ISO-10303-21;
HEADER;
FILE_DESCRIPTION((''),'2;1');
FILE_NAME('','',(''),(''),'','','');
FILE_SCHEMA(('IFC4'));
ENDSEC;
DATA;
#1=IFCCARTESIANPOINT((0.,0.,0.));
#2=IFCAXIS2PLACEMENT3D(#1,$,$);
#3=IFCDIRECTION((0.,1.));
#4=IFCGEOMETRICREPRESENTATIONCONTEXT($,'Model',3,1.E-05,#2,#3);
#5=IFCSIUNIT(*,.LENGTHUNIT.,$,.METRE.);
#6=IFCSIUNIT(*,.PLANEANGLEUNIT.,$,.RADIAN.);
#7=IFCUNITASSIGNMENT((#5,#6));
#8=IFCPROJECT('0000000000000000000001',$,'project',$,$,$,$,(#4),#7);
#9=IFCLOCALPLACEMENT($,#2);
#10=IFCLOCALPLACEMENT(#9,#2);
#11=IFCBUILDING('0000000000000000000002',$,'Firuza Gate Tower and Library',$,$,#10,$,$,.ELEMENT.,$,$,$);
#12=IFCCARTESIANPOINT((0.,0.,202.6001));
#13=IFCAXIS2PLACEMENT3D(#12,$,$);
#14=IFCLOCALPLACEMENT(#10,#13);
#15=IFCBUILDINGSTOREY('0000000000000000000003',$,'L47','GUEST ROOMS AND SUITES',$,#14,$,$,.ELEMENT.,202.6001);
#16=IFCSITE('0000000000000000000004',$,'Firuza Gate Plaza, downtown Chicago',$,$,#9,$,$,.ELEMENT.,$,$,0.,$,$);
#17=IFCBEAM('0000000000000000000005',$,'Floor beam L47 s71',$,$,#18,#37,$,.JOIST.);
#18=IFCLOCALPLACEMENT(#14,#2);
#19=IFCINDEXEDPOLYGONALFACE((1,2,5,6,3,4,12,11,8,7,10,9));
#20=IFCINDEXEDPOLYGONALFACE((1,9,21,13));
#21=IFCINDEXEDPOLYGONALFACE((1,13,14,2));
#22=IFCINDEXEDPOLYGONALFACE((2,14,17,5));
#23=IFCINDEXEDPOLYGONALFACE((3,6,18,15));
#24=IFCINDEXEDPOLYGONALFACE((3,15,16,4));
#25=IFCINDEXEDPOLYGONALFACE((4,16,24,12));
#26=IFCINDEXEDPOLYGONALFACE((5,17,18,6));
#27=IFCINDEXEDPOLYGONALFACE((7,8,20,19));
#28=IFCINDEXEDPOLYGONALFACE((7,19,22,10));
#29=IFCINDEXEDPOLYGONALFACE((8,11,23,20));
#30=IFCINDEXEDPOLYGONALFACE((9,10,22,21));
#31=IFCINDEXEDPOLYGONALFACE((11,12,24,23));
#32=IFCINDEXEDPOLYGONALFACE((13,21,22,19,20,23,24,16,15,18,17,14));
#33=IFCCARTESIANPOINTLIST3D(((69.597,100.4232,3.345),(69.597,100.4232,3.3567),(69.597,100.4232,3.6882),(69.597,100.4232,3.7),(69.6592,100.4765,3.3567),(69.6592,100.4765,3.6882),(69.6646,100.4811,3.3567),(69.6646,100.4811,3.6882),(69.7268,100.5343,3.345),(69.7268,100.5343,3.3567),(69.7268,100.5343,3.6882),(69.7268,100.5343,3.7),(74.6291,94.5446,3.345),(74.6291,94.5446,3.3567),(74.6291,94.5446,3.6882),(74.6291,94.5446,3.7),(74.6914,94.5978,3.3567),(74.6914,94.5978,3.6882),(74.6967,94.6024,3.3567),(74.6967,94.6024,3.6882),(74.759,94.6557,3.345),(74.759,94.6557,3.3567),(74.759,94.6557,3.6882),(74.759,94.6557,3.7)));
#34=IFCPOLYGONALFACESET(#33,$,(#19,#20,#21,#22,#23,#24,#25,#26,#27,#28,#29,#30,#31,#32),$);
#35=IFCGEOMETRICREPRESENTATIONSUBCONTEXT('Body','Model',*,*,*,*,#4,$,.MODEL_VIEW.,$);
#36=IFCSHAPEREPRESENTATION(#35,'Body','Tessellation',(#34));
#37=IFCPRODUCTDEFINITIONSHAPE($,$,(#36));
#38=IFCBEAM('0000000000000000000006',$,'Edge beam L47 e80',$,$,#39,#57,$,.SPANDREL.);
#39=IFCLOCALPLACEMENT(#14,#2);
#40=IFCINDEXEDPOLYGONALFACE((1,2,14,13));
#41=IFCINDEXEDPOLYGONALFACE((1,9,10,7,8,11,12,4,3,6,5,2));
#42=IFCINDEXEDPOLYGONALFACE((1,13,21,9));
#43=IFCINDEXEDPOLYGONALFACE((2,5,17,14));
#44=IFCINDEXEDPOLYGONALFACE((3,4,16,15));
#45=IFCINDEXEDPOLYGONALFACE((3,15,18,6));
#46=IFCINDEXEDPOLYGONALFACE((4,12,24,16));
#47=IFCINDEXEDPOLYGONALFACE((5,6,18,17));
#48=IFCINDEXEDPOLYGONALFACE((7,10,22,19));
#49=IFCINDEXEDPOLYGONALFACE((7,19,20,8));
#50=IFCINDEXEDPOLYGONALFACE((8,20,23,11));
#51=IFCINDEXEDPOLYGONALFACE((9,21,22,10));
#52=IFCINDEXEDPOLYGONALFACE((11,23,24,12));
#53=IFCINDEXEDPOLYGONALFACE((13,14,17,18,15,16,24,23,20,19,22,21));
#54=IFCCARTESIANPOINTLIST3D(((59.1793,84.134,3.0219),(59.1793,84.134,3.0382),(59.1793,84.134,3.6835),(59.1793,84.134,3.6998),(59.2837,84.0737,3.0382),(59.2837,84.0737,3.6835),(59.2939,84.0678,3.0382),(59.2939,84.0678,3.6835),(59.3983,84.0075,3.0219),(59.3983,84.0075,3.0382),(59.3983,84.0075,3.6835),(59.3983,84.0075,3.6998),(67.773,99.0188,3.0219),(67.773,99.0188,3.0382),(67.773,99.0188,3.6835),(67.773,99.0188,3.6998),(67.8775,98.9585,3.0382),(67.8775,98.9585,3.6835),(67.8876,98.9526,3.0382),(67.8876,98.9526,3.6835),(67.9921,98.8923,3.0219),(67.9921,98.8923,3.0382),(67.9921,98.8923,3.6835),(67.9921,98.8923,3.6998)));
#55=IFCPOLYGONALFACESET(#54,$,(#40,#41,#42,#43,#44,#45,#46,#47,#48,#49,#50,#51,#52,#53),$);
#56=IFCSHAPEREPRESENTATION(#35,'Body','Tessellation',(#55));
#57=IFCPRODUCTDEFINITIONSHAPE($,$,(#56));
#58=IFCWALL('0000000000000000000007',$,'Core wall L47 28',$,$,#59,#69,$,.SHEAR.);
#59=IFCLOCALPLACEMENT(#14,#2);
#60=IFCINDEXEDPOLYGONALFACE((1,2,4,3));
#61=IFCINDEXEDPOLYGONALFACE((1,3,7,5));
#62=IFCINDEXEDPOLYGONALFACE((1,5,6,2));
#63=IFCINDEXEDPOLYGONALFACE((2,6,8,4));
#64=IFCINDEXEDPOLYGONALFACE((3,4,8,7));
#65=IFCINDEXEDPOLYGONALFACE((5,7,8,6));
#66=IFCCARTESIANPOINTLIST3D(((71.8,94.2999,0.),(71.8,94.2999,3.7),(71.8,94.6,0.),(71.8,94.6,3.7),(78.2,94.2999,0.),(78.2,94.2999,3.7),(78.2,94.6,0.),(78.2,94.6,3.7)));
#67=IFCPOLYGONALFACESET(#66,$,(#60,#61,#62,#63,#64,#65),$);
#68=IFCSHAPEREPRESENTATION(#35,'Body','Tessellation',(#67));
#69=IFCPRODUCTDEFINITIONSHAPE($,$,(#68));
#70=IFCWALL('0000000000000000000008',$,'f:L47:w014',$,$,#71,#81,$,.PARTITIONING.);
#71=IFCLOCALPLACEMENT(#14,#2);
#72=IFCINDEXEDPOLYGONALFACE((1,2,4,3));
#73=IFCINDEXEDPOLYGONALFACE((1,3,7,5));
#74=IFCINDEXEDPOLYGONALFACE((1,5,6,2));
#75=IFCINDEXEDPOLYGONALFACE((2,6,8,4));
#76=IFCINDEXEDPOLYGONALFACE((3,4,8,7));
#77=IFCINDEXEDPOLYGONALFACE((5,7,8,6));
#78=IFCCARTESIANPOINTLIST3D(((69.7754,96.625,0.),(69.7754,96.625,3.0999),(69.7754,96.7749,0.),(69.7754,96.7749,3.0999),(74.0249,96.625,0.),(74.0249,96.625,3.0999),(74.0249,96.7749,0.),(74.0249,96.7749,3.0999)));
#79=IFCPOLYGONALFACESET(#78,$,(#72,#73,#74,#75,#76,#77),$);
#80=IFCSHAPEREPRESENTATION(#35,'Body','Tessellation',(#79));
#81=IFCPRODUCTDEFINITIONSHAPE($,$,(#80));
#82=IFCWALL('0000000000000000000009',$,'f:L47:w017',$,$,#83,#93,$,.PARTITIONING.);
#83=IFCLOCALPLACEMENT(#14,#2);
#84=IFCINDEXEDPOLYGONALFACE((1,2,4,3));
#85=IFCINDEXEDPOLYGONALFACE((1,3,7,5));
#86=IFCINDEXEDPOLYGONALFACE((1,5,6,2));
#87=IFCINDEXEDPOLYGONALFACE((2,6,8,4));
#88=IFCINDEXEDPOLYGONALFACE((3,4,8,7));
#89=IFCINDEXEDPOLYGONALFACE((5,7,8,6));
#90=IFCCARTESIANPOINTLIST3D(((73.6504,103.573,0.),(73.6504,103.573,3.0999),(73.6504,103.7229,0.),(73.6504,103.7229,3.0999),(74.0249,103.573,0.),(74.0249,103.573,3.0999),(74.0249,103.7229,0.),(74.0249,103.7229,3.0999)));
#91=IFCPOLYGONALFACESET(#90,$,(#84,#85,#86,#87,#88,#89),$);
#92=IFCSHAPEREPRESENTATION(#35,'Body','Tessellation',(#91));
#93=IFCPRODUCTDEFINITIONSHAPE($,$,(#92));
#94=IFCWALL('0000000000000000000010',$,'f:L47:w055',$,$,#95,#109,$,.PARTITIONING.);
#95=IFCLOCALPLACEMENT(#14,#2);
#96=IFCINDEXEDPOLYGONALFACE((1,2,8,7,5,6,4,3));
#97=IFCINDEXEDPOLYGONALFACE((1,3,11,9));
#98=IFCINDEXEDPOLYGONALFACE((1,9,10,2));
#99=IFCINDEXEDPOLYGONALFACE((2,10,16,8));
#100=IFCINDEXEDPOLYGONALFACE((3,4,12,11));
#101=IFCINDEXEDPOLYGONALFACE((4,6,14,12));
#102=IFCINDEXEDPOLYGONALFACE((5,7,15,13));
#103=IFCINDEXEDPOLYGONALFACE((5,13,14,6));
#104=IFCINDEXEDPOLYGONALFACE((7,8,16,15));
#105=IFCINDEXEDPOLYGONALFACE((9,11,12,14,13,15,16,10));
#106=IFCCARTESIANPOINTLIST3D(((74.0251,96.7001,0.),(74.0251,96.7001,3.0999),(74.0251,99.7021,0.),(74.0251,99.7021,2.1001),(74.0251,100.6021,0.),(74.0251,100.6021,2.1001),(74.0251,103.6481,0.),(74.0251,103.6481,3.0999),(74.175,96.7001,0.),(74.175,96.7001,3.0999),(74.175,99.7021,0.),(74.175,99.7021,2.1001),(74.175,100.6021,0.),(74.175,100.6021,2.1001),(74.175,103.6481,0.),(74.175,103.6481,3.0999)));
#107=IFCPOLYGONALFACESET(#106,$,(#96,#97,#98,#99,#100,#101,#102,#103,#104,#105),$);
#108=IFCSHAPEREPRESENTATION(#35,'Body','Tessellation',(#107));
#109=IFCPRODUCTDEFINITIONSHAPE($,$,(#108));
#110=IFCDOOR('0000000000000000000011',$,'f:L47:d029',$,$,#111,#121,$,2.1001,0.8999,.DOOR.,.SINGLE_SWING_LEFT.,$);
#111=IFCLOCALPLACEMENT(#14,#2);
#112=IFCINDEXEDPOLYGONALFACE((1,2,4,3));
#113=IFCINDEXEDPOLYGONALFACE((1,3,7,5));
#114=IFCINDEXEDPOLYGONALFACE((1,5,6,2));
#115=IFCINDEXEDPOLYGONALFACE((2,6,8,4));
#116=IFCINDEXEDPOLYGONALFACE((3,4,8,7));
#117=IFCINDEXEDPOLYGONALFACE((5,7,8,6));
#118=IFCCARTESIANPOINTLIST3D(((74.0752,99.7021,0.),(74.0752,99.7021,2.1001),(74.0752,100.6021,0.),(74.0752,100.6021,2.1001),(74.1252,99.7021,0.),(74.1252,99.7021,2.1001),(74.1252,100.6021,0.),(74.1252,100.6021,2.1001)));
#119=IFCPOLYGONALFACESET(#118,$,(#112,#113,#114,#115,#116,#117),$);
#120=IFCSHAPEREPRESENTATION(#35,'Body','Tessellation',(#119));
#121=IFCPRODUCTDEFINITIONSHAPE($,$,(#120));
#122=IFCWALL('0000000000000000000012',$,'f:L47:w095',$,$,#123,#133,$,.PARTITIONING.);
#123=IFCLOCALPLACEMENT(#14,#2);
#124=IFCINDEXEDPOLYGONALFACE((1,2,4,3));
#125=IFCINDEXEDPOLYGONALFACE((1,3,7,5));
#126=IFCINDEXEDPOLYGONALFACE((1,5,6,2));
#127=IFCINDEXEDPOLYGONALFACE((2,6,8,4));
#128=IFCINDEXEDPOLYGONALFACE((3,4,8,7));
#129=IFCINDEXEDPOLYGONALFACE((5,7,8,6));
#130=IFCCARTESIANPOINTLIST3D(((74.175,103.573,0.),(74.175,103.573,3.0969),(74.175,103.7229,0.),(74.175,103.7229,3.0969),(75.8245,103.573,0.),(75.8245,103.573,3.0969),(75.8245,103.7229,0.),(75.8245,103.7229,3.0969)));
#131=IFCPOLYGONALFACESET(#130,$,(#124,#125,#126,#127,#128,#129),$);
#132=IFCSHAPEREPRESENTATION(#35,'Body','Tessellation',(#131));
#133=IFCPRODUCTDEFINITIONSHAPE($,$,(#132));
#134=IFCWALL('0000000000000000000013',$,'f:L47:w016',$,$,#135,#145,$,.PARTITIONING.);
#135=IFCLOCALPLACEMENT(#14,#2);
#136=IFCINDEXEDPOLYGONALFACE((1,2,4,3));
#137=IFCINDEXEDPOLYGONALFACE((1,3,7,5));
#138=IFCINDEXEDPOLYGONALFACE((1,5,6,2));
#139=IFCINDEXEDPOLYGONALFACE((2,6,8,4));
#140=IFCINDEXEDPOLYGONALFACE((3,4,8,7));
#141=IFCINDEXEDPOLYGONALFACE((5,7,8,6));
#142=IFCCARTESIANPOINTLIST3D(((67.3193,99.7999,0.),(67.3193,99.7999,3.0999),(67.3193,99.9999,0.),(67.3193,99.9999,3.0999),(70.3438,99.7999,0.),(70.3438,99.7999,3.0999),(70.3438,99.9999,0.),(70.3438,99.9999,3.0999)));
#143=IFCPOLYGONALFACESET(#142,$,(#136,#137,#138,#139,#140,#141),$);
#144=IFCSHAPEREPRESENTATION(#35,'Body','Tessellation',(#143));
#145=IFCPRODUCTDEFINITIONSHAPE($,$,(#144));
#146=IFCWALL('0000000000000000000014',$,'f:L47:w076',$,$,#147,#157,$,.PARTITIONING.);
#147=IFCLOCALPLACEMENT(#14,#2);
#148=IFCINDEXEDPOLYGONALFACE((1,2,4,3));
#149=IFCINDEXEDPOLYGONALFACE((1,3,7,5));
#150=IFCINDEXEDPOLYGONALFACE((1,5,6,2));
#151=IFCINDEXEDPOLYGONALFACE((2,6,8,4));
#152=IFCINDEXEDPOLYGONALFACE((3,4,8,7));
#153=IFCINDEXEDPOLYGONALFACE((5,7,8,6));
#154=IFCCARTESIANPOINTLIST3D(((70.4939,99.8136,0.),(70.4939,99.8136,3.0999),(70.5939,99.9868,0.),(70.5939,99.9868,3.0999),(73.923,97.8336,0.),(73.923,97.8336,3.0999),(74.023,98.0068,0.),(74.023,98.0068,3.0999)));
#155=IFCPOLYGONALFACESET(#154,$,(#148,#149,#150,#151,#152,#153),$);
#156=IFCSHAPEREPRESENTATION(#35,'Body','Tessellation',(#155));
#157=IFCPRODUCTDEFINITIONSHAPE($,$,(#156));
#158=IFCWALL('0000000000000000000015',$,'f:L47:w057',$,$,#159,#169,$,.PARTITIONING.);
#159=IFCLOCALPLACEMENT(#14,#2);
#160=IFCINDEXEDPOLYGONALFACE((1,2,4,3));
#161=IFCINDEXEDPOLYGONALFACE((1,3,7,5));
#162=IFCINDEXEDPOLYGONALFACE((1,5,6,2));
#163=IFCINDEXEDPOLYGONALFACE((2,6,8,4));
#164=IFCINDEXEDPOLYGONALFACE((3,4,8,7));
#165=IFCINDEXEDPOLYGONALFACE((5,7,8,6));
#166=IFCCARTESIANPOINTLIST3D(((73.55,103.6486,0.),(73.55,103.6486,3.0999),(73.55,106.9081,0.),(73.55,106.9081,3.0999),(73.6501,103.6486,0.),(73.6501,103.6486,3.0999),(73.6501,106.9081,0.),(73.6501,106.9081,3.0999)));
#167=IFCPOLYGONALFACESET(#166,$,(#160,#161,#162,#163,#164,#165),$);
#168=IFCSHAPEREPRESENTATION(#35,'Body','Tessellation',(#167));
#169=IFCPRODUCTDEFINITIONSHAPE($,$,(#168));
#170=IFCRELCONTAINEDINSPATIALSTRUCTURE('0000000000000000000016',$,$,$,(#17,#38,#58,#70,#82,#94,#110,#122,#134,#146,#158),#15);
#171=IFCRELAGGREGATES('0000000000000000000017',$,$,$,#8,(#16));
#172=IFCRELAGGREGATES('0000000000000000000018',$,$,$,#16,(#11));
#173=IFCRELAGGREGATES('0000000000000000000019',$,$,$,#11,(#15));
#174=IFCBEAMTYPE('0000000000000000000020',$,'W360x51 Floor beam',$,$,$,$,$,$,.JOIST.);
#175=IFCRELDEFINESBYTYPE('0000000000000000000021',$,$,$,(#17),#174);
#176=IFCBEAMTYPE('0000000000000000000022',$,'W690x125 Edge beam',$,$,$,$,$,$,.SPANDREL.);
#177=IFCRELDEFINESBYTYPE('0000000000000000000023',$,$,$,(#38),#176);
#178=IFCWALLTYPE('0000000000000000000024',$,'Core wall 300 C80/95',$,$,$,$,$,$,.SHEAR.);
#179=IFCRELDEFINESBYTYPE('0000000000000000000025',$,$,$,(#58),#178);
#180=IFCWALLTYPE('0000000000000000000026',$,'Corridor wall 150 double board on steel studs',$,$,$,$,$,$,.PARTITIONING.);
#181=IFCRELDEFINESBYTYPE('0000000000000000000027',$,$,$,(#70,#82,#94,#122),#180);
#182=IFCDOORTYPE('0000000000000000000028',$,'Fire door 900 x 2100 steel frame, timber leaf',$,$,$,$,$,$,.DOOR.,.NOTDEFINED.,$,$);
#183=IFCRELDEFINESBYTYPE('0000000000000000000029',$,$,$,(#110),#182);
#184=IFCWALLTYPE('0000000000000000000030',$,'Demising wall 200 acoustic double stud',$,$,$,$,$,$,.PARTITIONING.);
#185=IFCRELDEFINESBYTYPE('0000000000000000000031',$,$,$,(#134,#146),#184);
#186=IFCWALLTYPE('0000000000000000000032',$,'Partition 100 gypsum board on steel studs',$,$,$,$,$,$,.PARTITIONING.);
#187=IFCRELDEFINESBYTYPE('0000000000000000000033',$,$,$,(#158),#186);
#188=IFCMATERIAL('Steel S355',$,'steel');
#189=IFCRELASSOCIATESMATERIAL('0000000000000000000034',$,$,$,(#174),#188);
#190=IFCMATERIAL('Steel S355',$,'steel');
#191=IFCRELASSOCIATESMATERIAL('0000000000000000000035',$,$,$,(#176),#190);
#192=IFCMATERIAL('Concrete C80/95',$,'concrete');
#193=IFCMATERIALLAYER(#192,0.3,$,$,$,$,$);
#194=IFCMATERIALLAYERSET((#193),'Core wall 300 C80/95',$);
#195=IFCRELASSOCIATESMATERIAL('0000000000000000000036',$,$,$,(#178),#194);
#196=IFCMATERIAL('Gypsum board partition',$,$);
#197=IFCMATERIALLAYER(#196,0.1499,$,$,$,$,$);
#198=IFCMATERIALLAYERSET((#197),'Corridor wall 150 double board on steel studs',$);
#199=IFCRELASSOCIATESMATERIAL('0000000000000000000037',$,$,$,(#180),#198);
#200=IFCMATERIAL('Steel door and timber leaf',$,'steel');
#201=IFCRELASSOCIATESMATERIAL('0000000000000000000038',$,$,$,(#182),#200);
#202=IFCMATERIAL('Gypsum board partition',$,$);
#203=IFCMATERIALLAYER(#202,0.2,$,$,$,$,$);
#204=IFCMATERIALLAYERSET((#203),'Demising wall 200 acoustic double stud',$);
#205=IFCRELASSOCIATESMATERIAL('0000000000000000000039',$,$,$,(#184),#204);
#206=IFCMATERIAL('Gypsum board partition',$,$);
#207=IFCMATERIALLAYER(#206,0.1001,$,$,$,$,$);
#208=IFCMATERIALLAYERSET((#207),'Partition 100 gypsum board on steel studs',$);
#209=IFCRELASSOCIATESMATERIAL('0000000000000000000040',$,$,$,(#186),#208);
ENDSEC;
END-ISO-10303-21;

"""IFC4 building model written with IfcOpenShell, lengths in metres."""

from ifc_helpers import new_model, si_unit, direction, frame, frame_2d, origin, origin_2d, place, context, subcontext, project, spatial, rectangle, i_section, extrude, material, layer, layer_set, material_profile, profile_set, type_object, element, fill, save


model = new_model("IFC4")

# Units and contexts
model_context = context("Model", 3, precision=1e-05, world=origin(), true_north=direction((0.0, 1.0)))
body_context = subcontext(model_context, "Body", "Model", "MODEL_VIEW")
ifc_project = project(units=[si_unit("LENGTHUNIT", "METRE"), si_unit("PLANEANGLEUNIT", "RADIAN")], contexts=[model_context])

# Site, building, storey
site_placement = place(None, origin())
site = spatial("IfcSite", under=ifc_project, at=site_placement, Name="Firuza Gate Plaza, downtown Chicago", CompositionType="ELEMENT", RefElevation=0.0)
building_placement = place(site_placement, origin())
building = spatial("IfcBuilding", under=site, at=building_placement, Name="Firuza Gate Tower and Library", CompositionType="ELEMENT")
storey_placement = place(building_placement, frame((0.0, 0.0, 202.6001)))
storey = spatial("IfcBuildingStorey", under=building, at=storey_placement, Name="L47", Description="GUEST ROOMS AND SUITES", CompositionType="ELEMENT", Elevation=202.6001)

# Beams
ifc_material_1 = material(Name="Steel S355", Category="steel")
ifc_material_profile_1 = material_profile(ifc_material_1, i_section(OverallWidth=0.1709, OverallDepth=0.355, WebThickness=0.0071, FlangeThickness=0.0117, at=origin_2d()))
ifc_profile_set_1 = profile_set([ifc_material_profile_1], Name="Steel S355")
beam_type_1 = type_object("IfcBeamType", Name="W360x51 Floor beam", PredefinedType="JOIST", material=ifc_profile_set_1)
beam_1_placement = place(storey_placement, frame((69.6619, 100.4788, 3.5225), z_axis=(0.650298, -0.75968, 0.0), x_axis=(0.75968, 0.650298, 0.0)))
element("IfcBeam", 1, at=beam_1_placement, inside=storey, type_object=beam_type_1, Name="Floor beam L47 s71", PredefinedType="JOIST", context=body_context, shape_type="SweptSolid", body=[
    extrude(i_section(OverallWidth=0.1709, OverallDepth=0.355, WebThickness=0.0071, FlangeThickness=0.0117, at=origin_2d()), origin(), (0.0, 0.0, 1.0), 7.7383),
])
ifc_material_2 = material(Name="Steel S355", Category="steel")
ifc_material_profile_2 = material_profile(ifc_material_2, i_section(OverallWidth=0.2529, OverallDepth=0.678, WebThickness=0.0117, FlangeThickness=0.0164, at=origin_2d()))
ifc_profile_set_2 = profile_set([ifc_material_profile_2], Name="Steel S355")
beam_type_2 = type_object("IfcBeamType", Name="W690x125 Edge beam", PredefinedType="SPANDREL", material=ifc_profile_set_2)
beam_2_placement = place(storey_placement, frame((67.8826, 98.9556, 3.3608), z_axis=(-0.500001, -0.866025, 0.0), x_axis=(0.866025, -0.500001, 0.0)))
element("IfcBeam", 2, at=beam_2_placement, inside=storey, type_object=beam_type_2, Name="Edge beam L47 e80", PredefinedType="SPANDREL", context=body_context, shape_type="SweptSolid", body=[
    extrude(i_section(OverallWidth=0.2529, OverallDepth=0.678, WebThickness=0.0117, FlangeThickness=0.0164, at=origin_2d()), origin(), (0.0, 0.0, 1.0), 17.1875),
])

# Walls
ifc_material_3 = material(Name="Concrete C80/95", Category="concrete")
ifc_layer_1 = layer(ifc_material_3, 0.3)
ifc_layer_set_1 = layer_set([ifc_layer_1], Name="Core wall 300 C80/95")
wall_type_1 = type_object("IfcWallType", Name="Core wall 300 C80/95", PredefinedType="SHEAR", material=ifc_layer_set_1)
wall_1_placement = place(storey_placement, frame((71.8, 94.45, 0.0), z_axis=(0.0, 0.0, 1.0), x_axis=(1.0, 0.0, 0.0)))
element("IfcWall", 3, at=wall_1_placement, inside=storey, type_object=wall_type_1, Name="Core wall L47 28", PredefinedType="SHEAR", context=body_context, shape_type="SweptSolid", body=[
    extrude(rectangle(XDim=6.3999, YDim=0.3, at=frame_2d((3.2, 0.0))), origin(), (0.0, 0.0, 1.0), 3.7),
])
ifc_material_4 = material(Name="Gypsum board partition")
ifc_layer_2 = layer(ifc_material_4, 0.1499)
ifc_layer_set_2 = layer_set([ifc_layer_2], Name="Corridor wall 150 double board on steel studs")
wall_type_2 = type_object("IfcWallType", Name="Corridor wall 150 double board on steel studs", PredefinedType="PARTITIONING", material=ifc_layer_set_2)
wall_2_placement = place(storey_placement, frame((69.7754, 96.7, 0.0), z_axis=(0.0, 0.0, 1.0), x_axis=(1.0, 0.0, 0.0)))
element("IfcWall", 4, at=wall_2_placement, inside=storey, type_object=wall_type_2, Name="f:L47:w014", PredefinedType="PARTITIONING", context=body_context, shape_type="SweptSolid", body=[
    extrude(rectangle(XDim=4.2495, YDim=0.1499, at=frame_2d((2.1248, 0.0))), origin(), (0.0, 0.0, 1.0), 3.0999),
])
wall_3_placement = place(storey_placement, frame((73.6504, 103.6479, 0.0), z_axis=(0.0, 0.0, 1.0), x_axis=(1.0, 0.0, 0.0)))
element("IfcWall", 5, at=wall_3_placement, inside=storey, type_object=wall_type_2, Name="f:L47:w017", PredefinedType="PARTITIONING", context=body_context, shape_type="SweptSolid", body=[
    extrude(rectangle(XDim=0.3745, YDim=0.1499, at=frame_2d((0.1873, 0.0))), origin(), (0.0, 0.0, 1.0), 3.0999),
])

# Wall, opening, door
wall_4_placement = place(storey_placement, frame((74.1001, 96.7, 0.0), z_axis=(0.0, 0.0, 1.0), x_axis=(0.0, 1.0, 0.0)))
wall_4 = element("IfcWall", 6, at=wall_4_placement, inside=storey, type_object=wall_type_2, Name="f:L47:w055", PredefinedType="PARTITIONING", context=body_context, shape_type="SweptSolid", body=[
    extrude(rectangle(XDim=6.948, YDim=0.1499, at=frame_2d((3.4741, 0.0))), origin(), (0.0, 0.0, 1.0), 3.0999),
])
opening_1_placement = place(wall_4_placement, frame((3.0022, 0.0, 0.0)))
opening_1 = element("IfcOpeningElement", 7, at=opening_1_placement, cuts=wall_4, PredefinedType="OPENING", context=body_context, shape_type="SweptSolid", body=[
    extrude(rectangle(XDim=0.8999, YDim=2.1001, at=frame_2d((0.45, 1.05))), frame((0.0, 0.085, 0.0), z_axis=(0.0, -1.0, 0.0), x_axis=(1.0, 0.0, 0.0)), (0.0, 0.0, 1.0), 0.1699),
])
ifc_material_5 = material(Name="Steel door and timber leaf", Category="steel")
door_type_1 = type_object("IfcDoorType", Name="Fire door 900 x 2100 steel frame, timber leaf", OperationType="NOTDEFINED", PredefinedType="DOOR", material=ifc_material_5)
door_1_placement = place(opening_1_placement, origin())
door_1 = element("IfcDoor", 8, at=door_1_placement, inside=storey, type_object=door_type_1, Name="f:L47:d029", OperationType="SINGLE_SWING_LEFT", OverallHeight=2.1001, OverallWidth=0.8999, PredefinedType="DOOR", context=body_context, shape_type="SweptSolid", body=[
    extrude(rectangle(XDim=0.8999, YDim=2.1001, at=frame_2d((0.45, 1.05))), frame((0.0, 0.0249, 0.0), z_axis=(0.0, -1.0, 0.0), x_axis=(1.0, 0.0, 0.0)), (0.0, 0.0, 1.0), 0.05),
])
fill(opening_1, door_1)

# Walls
wall_5_placement = place(storey_placement, frame((74.175, 103.6479, 0.0), z_axis=(0.0, 0.0, 1.0), x_axis=(1.0, 0.0, 0.0)))
element("IfcWall", 9, at=wall_5_placement, inside=storey, type_object=wall_type_2, Name="f:L47:w095", PredefinedType="PARTITIONING", context=body_context, shape_type="SweptSolid", body=[
    extrude(rectangle(XDim=1.6494, YDim=0.1499, at=frame_2d((0.8247, 0.0))), origin(), (0.0, 0.0, 1.0), 3.0969),
])
ifc_material_6 = material(Name="Gypsum board partition")
ifc_layer_3 = layer(ifc_material_6, 0.2)
ifc_layer_set_3 = layer_set([ifc_layer_3], Name="Demising wall 200 acoustic double stud")
wall_type_3 = type_object("IfcWallType", Name="Demising wall 200 acoustic double stud", PredefinedType="PARTITIONING", material=ifc_layer_set_3)
wall_6_placement = place(storey_placement, frame((67.3193, 99.8999, 0.0), z_axis=(0.0, 0.0, 1.0), x_axis=(1.0, 0.0, 0.0)))
element("IfcWall", 10, at=wall_6_placement, inside=storey, type_object=wall_type_3, Name="f:L47:w016", PredefinedType="PARTITIONING", context=body_context, shape_type="SweptSolid", body=[
    extrude(rectangle(XDim=3.0244, YDim=0.2, at=frame_2d((1.5122, 0.0))), origin(), (0.0, 0.0, 1.0), 3.0999),
])
wall_7_placement = place(storey_placement, frame((73.9731, 97.9202, 0.0), z_axis=(0.0, 0.0, 1.0), x_axis=(-0.866011, 0.500025, 0.0)))
element("IfcWall", 11, at=wall_7_placement, inside=storey, type_object=wall_type_3, Name="f:L47:w076", PredefinedType="PARTITIONING", context=body_context, shape_type="SweptSolid", body=[
    extrude(rectangle(XDim=3.9597, YDim=0.2, at=frame_2d((1.98, 0.0))), origin(), (0.0, 0.0, 1.0), 3.0999),
])
ifc_material_7 = material(Name="Gypsum board partition")
ifc_layer_4 = layer(ifc_material_7, 0.1001)
ifc_layer_set_4 = layer_set([ifc_layer_4], Name="Partition 100 gypsum board on steel studs")
wall_type_4 = type_object("IfcWallType", Name="Partition 100 gypsum board on steel studs", PredefinedType="PARTITIONING", material=ifc_layer_set_4)
wall_8_placement = place(storey_placement, frame((73.6001, 103.6484, 0.0), z_axis=(0.0, 0.0, 1.0), x_axis=(0.0, 1.0, 0.0)))
element("IfcWall", 12, at=wall_8_placement, inside=storey, type_object=wall_type_4, Name="f:L47:w057", PredefinedType="PARTITIONING", context=body_context, shape_type="SweptSolid", body=[
    extrude(rectangle(XDim=3.2595, YDim=0.1001, at=frame_2d((1.6299, 0.0))), origin(), (0.0, 0.0, 1.0), 3.0999),
])

save(model, "model.ifc")
